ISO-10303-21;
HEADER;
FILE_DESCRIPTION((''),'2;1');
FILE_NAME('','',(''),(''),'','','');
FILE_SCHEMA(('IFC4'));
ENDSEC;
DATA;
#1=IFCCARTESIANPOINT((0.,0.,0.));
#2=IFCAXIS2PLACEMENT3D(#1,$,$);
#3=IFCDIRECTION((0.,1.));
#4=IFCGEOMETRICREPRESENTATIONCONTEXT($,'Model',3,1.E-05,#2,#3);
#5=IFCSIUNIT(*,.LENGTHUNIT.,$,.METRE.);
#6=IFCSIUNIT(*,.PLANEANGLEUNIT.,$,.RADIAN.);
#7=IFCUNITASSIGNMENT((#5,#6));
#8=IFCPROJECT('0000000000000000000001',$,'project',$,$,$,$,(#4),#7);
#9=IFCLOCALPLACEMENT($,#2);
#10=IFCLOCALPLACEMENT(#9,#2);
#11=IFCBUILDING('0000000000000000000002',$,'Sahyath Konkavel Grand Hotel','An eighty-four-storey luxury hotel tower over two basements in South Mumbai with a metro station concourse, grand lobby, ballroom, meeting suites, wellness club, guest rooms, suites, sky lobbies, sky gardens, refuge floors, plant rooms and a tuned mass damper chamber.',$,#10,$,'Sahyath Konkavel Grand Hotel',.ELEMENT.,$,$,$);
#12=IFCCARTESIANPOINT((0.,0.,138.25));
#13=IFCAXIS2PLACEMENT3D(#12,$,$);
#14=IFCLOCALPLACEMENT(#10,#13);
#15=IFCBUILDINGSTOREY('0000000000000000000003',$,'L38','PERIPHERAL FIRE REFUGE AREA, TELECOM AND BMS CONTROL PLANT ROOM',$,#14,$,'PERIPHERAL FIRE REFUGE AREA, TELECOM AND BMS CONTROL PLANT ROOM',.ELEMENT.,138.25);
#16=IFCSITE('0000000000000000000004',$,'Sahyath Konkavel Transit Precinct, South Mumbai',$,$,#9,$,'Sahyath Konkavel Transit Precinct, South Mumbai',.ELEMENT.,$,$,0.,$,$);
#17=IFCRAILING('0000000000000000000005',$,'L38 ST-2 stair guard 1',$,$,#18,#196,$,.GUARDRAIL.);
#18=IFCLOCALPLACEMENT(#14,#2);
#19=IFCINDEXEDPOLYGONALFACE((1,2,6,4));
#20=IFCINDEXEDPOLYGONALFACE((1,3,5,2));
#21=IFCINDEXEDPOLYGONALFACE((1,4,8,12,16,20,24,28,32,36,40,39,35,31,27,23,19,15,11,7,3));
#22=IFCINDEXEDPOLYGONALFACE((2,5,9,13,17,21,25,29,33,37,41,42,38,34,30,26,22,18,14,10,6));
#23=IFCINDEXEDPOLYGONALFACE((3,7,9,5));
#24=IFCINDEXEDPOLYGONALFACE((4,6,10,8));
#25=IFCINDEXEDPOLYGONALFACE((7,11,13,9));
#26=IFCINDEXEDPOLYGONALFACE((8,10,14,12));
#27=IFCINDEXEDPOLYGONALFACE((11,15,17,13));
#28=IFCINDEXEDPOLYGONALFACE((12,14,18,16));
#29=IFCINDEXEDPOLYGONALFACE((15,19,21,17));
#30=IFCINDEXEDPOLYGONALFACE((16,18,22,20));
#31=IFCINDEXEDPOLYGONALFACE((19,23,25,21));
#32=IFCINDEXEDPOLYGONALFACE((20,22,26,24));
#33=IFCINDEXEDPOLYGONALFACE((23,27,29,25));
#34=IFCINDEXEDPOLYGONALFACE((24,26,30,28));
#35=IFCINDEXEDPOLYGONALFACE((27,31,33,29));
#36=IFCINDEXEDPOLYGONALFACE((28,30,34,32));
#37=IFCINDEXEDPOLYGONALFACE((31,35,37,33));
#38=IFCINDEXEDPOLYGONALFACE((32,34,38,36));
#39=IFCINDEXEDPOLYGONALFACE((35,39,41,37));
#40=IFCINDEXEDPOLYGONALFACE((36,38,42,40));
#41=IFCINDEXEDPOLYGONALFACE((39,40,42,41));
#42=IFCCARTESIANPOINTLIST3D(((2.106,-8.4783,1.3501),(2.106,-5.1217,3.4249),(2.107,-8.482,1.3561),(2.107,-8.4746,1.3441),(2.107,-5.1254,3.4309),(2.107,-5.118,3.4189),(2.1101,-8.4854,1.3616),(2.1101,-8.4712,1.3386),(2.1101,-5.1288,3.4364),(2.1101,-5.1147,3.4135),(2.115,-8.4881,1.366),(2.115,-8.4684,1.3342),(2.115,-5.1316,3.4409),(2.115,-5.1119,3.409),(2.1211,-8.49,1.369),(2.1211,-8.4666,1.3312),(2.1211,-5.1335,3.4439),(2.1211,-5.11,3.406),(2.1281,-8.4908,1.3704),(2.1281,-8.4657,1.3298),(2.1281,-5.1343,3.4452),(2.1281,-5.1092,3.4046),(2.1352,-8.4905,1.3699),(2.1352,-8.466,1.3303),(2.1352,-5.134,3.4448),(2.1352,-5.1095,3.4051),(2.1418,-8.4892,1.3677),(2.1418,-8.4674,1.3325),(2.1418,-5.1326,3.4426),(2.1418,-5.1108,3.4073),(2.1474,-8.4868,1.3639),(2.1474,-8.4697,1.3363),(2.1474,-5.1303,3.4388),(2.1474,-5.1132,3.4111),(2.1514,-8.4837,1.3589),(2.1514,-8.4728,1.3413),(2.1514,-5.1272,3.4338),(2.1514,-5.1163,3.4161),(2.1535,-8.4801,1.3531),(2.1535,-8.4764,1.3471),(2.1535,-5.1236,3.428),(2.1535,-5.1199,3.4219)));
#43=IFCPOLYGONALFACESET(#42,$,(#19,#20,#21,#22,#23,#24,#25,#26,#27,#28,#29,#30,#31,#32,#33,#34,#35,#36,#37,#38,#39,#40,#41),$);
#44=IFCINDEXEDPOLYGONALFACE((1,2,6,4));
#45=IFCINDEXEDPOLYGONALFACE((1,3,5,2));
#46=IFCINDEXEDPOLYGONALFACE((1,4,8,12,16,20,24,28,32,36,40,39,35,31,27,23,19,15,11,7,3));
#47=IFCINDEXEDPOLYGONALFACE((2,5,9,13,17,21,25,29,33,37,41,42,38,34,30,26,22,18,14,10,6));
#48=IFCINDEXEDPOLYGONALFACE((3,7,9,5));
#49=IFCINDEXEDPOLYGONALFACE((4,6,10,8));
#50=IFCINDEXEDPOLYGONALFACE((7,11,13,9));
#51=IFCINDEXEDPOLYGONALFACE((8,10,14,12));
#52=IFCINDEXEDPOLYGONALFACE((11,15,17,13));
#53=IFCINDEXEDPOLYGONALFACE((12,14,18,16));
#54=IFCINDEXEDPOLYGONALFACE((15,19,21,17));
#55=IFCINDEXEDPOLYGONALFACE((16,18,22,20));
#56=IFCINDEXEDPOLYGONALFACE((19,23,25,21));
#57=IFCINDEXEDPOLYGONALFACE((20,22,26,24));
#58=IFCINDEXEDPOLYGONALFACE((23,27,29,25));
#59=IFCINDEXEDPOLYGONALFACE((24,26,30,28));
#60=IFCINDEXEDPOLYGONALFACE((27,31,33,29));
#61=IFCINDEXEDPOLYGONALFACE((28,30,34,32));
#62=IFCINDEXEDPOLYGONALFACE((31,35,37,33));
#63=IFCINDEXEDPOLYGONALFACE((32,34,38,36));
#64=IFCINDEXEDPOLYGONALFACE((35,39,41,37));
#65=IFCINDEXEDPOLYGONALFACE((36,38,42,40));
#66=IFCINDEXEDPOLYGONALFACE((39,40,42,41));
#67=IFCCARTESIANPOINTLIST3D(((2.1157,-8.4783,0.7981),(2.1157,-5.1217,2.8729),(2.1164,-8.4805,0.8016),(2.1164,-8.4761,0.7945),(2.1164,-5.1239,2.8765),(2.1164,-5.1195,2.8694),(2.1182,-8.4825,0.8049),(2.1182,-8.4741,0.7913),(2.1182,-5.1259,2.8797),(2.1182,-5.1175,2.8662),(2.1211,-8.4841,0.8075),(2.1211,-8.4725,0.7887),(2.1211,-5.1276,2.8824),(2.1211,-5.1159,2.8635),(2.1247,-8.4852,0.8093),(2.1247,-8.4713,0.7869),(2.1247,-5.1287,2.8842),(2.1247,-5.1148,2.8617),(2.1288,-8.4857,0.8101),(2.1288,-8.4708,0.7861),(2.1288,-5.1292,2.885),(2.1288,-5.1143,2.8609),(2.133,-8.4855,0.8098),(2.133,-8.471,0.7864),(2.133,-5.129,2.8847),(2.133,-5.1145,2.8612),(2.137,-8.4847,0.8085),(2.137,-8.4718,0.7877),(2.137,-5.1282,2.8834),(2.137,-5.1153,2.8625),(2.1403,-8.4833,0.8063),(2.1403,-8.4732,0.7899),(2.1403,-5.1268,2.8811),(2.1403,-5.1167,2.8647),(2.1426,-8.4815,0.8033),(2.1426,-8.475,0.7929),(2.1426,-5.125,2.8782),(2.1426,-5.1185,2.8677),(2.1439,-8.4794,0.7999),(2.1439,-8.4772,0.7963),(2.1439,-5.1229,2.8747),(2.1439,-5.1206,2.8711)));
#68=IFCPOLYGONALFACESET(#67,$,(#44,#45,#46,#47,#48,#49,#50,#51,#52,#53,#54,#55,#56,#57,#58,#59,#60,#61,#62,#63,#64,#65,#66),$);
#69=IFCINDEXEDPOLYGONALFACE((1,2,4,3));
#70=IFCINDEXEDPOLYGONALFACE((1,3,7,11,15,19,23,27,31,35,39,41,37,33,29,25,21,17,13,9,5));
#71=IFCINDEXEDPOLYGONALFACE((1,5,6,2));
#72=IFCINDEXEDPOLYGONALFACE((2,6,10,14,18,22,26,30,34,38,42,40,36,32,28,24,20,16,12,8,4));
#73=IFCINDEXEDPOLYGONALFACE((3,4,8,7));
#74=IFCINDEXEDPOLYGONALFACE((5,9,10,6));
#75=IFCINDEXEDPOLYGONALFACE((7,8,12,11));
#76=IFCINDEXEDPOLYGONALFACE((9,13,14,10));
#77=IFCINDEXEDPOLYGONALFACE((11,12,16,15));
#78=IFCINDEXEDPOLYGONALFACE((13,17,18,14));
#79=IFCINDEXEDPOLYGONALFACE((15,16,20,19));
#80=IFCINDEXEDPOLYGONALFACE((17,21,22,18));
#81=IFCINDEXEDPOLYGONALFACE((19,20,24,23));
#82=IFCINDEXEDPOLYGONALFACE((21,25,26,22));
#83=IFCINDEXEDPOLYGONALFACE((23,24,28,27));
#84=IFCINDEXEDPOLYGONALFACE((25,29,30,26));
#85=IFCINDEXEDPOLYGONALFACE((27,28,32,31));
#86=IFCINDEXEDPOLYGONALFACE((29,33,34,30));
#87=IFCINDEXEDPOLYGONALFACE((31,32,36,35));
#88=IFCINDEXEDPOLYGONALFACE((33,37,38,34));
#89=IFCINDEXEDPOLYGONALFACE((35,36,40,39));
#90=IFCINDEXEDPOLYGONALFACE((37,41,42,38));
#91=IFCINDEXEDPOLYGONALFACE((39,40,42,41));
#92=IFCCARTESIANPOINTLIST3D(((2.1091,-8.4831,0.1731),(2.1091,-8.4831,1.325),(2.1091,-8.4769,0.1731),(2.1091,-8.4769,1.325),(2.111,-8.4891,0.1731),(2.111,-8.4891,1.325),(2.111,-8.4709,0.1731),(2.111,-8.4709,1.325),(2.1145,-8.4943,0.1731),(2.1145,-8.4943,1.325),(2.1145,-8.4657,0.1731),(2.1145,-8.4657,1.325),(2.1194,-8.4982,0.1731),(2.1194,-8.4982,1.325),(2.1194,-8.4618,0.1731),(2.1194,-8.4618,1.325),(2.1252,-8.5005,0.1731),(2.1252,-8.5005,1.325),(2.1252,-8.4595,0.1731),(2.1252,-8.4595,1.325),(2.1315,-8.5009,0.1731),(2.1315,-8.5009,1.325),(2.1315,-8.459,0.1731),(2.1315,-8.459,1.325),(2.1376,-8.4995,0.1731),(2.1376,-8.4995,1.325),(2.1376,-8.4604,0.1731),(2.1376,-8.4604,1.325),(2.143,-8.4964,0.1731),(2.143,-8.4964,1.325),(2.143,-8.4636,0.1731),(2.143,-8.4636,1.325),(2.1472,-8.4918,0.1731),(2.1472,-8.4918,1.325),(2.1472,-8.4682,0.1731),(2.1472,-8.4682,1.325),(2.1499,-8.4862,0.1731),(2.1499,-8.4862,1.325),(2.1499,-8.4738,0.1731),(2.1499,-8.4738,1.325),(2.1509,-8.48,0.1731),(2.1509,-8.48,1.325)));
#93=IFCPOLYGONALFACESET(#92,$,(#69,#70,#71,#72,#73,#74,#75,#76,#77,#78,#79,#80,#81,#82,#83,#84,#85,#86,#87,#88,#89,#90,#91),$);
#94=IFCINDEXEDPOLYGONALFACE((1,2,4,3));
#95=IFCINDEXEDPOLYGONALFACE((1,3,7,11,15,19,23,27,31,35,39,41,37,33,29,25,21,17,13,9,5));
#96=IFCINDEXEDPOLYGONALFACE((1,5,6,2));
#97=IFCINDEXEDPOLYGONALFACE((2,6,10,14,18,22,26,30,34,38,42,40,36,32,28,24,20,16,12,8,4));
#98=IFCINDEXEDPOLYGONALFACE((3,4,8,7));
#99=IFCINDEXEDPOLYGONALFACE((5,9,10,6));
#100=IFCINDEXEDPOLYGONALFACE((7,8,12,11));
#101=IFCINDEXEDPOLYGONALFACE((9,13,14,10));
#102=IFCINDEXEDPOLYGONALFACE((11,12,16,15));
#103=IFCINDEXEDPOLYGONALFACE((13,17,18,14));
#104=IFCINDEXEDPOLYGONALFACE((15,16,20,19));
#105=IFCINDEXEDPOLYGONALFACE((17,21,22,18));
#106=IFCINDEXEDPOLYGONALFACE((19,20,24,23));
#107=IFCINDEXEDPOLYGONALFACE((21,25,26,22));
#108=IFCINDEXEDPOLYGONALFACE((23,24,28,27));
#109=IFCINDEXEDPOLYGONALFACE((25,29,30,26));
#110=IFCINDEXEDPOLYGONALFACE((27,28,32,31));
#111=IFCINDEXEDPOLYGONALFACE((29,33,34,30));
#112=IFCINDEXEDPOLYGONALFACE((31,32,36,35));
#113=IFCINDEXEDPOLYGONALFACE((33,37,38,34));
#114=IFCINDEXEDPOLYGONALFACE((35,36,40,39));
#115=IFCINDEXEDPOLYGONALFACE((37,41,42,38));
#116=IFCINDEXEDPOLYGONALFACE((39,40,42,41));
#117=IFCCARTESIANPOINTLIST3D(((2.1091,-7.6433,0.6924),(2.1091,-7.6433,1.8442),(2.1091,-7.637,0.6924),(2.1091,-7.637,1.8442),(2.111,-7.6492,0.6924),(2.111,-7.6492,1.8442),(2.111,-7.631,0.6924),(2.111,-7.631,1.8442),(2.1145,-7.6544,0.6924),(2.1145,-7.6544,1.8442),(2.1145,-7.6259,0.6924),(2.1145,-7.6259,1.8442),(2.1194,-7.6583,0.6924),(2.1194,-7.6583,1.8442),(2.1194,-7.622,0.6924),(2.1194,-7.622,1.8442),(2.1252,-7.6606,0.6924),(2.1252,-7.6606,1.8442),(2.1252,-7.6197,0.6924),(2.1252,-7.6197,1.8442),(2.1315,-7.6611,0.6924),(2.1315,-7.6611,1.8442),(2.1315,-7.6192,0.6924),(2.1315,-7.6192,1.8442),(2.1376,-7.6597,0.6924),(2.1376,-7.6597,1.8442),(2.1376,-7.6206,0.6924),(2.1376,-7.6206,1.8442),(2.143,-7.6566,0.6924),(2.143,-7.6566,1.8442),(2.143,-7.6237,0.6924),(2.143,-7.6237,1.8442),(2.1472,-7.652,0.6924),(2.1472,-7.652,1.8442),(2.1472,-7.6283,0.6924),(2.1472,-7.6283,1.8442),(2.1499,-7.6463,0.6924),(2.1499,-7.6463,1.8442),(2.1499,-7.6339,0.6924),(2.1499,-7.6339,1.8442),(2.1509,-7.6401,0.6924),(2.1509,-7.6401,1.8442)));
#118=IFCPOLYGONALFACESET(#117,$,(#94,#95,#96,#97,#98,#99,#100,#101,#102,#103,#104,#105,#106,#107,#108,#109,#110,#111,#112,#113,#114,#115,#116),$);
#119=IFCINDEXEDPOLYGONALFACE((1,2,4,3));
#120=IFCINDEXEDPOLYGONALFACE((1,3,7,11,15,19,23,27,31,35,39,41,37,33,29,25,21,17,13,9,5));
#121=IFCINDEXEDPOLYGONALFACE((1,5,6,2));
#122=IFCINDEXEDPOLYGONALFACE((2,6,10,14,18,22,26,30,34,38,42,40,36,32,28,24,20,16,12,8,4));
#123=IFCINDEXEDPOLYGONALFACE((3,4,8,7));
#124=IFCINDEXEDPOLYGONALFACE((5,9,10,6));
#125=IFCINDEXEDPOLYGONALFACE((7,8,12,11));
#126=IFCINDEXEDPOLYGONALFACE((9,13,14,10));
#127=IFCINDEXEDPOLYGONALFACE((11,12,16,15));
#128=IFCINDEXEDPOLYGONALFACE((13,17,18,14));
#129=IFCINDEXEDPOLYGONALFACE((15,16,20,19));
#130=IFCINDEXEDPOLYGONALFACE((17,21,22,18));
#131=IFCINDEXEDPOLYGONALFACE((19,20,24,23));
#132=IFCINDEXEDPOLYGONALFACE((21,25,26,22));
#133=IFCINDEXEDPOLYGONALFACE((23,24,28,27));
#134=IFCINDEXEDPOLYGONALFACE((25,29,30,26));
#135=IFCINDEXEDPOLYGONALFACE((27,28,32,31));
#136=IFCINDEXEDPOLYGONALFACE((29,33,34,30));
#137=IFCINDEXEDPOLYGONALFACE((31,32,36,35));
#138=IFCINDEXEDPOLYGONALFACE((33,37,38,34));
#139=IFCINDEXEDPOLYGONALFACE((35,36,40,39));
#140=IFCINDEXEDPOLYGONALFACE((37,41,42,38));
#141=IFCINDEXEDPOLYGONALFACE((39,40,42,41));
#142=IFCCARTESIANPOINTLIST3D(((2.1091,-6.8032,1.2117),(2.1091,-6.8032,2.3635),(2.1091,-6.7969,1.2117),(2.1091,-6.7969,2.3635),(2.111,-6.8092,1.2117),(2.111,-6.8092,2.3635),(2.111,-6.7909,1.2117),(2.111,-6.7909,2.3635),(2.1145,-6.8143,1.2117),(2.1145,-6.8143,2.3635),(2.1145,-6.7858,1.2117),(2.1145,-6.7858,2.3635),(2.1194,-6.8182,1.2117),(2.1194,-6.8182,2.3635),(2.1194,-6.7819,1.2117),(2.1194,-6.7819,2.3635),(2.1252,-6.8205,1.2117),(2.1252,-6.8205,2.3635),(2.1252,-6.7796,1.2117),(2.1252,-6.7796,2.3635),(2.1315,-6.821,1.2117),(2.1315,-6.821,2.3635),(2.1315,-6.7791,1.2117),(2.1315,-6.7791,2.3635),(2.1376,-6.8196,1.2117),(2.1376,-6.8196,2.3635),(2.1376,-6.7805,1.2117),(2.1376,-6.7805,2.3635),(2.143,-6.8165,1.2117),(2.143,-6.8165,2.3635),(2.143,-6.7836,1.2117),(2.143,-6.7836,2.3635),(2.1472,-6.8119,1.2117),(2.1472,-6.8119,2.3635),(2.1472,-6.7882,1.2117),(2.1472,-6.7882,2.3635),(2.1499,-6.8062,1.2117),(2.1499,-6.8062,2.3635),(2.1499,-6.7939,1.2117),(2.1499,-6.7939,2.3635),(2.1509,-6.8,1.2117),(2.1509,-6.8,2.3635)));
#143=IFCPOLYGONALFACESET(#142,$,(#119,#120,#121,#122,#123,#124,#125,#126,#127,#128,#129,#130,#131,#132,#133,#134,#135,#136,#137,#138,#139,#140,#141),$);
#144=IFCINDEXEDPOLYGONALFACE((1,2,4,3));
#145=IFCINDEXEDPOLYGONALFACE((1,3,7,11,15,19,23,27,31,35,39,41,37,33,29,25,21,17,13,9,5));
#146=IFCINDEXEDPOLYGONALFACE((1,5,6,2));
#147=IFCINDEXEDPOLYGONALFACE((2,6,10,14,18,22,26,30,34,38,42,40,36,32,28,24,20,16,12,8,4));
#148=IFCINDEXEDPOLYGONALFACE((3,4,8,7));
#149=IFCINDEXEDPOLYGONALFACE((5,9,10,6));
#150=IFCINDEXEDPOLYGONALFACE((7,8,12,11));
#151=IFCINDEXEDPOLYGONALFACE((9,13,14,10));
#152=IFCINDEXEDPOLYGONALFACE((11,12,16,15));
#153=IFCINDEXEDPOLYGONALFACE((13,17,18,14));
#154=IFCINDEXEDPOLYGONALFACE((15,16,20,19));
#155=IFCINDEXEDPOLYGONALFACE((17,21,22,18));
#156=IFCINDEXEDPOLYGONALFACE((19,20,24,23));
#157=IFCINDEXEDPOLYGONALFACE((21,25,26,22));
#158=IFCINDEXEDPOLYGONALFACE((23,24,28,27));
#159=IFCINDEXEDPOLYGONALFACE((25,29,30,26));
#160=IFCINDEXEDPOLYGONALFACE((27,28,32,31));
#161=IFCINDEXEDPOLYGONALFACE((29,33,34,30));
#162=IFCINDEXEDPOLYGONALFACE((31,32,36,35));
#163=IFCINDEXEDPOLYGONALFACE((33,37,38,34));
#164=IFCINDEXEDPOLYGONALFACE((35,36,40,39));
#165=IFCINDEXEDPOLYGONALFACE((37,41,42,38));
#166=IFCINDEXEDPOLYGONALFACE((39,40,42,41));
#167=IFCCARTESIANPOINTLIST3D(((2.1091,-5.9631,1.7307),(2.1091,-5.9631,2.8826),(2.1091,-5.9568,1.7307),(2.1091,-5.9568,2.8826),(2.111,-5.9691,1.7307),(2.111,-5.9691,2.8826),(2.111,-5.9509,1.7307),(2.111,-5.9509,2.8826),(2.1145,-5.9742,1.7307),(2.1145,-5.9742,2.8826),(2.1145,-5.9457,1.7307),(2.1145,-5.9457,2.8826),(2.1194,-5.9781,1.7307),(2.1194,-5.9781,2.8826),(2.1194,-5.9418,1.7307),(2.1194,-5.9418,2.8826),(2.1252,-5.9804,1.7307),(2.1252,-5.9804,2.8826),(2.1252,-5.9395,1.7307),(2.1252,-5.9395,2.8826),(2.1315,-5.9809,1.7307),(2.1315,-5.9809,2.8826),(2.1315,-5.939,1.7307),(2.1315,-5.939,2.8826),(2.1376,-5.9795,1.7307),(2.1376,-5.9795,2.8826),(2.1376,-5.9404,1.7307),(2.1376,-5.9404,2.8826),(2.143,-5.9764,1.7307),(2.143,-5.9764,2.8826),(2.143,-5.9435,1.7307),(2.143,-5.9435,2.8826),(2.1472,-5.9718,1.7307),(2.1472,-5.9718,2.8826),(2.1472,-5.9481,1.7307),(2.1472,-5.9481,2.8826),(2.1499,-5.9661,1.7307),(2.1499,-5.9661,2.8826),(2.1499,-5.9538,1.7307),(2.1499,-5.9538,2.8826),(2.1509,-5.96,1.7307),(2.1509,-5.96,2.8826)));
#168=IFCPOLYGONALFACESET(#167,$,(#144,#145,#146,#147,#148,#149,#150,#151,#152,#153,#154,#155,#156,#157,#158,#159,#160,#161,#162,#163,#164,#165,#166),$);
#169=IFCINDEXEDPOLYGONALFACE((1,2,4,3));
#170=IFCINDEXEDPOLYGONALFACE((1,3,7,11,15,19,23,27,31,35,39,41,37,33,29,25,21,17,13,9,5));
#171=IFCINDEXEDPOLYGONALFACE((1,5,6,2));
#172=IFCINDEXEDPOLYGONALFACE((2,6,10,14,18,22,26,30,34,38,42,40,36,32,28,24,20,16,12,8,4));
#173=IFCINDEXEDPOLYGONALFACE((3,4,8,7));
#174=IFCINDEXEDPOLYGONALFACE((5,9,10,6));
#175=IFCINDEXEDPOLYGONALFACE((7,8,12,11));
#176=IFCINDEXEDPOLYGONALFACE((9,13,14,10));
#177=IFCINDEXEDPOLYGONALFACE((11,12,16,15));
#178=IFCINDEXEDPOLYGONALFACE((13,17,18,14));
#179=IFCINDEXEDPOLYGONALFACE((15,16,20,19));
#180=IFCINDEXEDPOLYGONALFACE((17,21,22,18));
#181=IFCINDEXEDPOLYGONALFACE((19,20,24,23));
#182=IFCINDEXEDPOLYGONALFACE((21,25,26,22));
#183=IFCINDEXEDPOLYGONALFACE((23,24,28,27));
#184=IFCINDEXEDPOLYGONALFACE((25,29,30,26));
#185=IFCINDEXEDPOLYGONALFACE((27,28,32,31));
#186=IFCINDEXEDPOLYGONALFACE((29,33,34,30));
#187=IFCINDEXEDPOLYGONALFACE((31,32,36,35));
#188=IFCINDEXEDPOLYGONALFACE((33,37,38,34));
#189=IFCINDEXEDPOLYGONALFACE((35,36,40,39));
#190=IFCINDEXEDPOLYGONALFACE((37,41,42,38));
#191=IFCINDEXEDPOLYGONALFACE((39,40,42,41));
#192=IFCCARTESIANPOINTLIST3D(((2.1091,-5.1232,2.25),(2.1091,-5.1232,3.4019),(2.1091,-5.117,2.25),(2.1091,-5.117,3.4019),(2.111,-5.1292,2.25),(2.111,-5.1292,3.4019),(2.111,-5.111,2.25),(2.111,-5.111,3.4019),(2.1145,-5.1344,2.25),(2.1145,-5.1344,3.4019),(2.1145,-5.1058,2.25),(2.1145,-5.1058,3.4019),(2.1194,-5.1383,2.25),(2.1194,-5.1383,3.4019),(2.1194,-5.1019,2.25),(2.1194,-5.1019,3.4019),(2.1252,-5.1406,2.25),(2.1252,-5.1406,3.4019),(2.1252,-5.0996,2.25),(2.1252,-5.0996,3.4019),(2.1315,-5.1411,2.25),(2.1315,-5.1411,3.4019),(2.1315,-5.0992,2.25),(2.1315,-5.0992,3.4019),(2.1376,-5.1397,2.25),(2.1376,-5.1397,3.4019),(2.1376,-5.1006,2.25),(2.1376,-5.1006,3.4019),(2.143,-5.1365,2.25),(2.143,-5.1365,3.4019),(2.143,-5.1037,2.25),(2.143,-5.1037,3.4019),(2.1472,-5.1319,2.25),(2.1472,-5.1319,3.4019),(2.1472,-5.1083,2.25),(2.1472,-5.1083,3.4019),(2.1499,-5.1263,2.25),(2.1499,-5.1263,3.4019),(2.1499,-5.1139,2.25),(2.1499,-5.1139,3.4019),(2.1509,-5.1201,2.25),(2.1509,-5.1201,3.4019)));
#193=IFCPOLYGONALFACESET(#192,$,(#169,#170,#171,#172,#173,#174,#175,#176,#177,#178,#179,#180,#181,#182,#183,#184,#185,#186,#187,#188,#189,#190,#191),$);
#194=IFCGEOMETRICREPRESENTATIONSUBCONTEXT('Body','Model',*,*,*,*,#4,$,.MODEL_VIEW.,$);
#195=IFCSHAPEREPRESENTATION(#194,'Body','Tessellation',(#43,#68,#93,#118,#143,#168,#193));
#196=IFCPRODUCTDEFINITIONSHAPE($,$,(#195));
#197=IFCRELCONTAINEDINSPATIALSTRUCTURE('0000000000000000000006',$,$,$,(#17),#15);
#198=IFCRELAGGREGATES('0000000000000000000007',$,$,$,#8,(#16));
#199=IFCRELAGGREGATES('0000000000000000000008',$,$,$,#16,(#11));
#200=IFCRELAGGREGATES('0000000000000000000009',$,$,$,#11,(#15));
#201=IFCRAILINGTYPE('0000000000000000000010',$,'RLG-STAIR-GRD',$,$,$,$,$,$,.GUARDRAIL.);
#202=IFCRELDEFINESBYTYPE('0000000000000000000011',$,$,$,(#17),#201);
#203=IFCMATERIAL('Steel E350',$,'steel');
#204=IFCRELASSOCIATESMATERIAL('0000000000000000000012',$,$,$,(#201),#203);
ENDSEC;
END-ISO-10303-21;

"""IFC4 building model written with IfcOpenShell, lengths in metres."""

from ifc_helpers import new_model, si_unit, direction, frame, origin, origin_2d, place, context, subcontext, project, spatial, circle, extrude, material, type_object, element, save


model = new_model("IFC4")

# Units and contexts
model_context = context("Model", 3, precision=1e-05, world=origin(), true_north=direction((0.0, 1.0)))
body_context = subcontext(model_context, "Body", "Model", "MODEL_VIEW")
ifc_project = project(units=[si_unit("LENGTHUNIT", "METRE"), si_unit("PLANEANGLEUNIT", "RADIAN")], contexts=[model_context])

# Site, building, storey
site_placement = place(None, origin())
site = spatial("IfcSite", under=ifc_project, at=site_placement, Name="Sahyath Konkavel Transit Precinct, South Mumbai", LongName="Sahyath Konkavel Transit Precinct, South Mumbai", CompositionType="ELEMENT", RefElevation=0.0)
building_placement = place(site_placement, origin())
building = spatial("IfcBuilding", under=site, at=building_placement, Name="Sahyath Konkavel Grand Hotel", Description="An eighty-four-storey luxury hotel tower over two basements in South Mumbai with a metro station concourse, grand lobby, ballroom, meeting suites, wellness club, guest rooms, suites, sky lobbies, sky gardens, refuge floors, plant rooms and a tuned mass damper chamber.", LongName="Sahyath Konkavel Grand Hotel", CompositionType="ELEMENT")
storey_placement = place(building_placement, frame((0.0, 0.0, 138.25)))
storey = spatial("IfcBuildingStorey", under=building, at=storey_placement, Name="L38", Description="PERIPHERAL FIRE REFUGE AREA, TELECOM AND BMS CONTROL PLANT ROOM", LongName="PERIPHERAL FIRE REFUGE AREA, TELECOM AND BMS CONTROL PLANT ROOM", CompositionType="ELEMENT", Elevation=138.25)

# Railing
ifc_material_1 = material(Name="Steel E350", Category="steel")
railing_type = type_object("IfcRailingType", Name="RLG-STAIR-GRD", PredefinedType="GUARDRAIL", material=ifc_material_1)
railing_1_placement = place(storey_placement, frame((2.1299, -8.48, 0.1731)))
element("IfcRailing", 1, at=railing_1_placement, inside=storey, type_object=railing_type, Name="L38 ST-2 stair guard 1", PredefinedType="GUARDRAIL", context=body_context, shape_type="SweptSolid", body=[
    extrude(circle(Radius=0.0239, at=origin_2d()), frame((0.0, 0.0017, 1.177), z_axis=(0.0, 0.850606, 0.525803), x_axis=(-1.0, 0.0, 0.0)), (0.0, 0.0, 1.0), 3.946),
    extrude(circle(Radius=0.0142, at=origin_2d()), frame((0.0, 0.0017, 0.625), z_axis=(0.0, 0.850606, 0.525803), x_axis=(-1.0, 0.0, 0.0)), (0.0, 0.0, 1.0), 3.946),
    extrude(circle(Radius=0.021, at=origin_2d()), origin(), (0.0, 0.0, 1.0), 1.1519),
    extrude(circle(Radius=0.021, at=origin_2d()), frame((0.0, 0.8398, 0.5193)), (0.0, 0.0, 1.0), 1.1519),
    extrude(circle(Radius=0.021, at=origin_2d()), frame((0.0, 1.6799, 1.0386)), (0.0, 0.0, 1.0), 1.1519),
    extrude(circle(Radius=0.021, at=origin_2d()), frame((0.0, 2.52, 1.5576)), (0.0, 0.0, 1.0), 1.1519),
    extrude(circle(Radius=0.021, at=origin_2d()), frame((0.0, 3.3599, 2.0769)), (0.0, 0.0, 1.0), 1.1519),
])

save(model, "model.ifc")
